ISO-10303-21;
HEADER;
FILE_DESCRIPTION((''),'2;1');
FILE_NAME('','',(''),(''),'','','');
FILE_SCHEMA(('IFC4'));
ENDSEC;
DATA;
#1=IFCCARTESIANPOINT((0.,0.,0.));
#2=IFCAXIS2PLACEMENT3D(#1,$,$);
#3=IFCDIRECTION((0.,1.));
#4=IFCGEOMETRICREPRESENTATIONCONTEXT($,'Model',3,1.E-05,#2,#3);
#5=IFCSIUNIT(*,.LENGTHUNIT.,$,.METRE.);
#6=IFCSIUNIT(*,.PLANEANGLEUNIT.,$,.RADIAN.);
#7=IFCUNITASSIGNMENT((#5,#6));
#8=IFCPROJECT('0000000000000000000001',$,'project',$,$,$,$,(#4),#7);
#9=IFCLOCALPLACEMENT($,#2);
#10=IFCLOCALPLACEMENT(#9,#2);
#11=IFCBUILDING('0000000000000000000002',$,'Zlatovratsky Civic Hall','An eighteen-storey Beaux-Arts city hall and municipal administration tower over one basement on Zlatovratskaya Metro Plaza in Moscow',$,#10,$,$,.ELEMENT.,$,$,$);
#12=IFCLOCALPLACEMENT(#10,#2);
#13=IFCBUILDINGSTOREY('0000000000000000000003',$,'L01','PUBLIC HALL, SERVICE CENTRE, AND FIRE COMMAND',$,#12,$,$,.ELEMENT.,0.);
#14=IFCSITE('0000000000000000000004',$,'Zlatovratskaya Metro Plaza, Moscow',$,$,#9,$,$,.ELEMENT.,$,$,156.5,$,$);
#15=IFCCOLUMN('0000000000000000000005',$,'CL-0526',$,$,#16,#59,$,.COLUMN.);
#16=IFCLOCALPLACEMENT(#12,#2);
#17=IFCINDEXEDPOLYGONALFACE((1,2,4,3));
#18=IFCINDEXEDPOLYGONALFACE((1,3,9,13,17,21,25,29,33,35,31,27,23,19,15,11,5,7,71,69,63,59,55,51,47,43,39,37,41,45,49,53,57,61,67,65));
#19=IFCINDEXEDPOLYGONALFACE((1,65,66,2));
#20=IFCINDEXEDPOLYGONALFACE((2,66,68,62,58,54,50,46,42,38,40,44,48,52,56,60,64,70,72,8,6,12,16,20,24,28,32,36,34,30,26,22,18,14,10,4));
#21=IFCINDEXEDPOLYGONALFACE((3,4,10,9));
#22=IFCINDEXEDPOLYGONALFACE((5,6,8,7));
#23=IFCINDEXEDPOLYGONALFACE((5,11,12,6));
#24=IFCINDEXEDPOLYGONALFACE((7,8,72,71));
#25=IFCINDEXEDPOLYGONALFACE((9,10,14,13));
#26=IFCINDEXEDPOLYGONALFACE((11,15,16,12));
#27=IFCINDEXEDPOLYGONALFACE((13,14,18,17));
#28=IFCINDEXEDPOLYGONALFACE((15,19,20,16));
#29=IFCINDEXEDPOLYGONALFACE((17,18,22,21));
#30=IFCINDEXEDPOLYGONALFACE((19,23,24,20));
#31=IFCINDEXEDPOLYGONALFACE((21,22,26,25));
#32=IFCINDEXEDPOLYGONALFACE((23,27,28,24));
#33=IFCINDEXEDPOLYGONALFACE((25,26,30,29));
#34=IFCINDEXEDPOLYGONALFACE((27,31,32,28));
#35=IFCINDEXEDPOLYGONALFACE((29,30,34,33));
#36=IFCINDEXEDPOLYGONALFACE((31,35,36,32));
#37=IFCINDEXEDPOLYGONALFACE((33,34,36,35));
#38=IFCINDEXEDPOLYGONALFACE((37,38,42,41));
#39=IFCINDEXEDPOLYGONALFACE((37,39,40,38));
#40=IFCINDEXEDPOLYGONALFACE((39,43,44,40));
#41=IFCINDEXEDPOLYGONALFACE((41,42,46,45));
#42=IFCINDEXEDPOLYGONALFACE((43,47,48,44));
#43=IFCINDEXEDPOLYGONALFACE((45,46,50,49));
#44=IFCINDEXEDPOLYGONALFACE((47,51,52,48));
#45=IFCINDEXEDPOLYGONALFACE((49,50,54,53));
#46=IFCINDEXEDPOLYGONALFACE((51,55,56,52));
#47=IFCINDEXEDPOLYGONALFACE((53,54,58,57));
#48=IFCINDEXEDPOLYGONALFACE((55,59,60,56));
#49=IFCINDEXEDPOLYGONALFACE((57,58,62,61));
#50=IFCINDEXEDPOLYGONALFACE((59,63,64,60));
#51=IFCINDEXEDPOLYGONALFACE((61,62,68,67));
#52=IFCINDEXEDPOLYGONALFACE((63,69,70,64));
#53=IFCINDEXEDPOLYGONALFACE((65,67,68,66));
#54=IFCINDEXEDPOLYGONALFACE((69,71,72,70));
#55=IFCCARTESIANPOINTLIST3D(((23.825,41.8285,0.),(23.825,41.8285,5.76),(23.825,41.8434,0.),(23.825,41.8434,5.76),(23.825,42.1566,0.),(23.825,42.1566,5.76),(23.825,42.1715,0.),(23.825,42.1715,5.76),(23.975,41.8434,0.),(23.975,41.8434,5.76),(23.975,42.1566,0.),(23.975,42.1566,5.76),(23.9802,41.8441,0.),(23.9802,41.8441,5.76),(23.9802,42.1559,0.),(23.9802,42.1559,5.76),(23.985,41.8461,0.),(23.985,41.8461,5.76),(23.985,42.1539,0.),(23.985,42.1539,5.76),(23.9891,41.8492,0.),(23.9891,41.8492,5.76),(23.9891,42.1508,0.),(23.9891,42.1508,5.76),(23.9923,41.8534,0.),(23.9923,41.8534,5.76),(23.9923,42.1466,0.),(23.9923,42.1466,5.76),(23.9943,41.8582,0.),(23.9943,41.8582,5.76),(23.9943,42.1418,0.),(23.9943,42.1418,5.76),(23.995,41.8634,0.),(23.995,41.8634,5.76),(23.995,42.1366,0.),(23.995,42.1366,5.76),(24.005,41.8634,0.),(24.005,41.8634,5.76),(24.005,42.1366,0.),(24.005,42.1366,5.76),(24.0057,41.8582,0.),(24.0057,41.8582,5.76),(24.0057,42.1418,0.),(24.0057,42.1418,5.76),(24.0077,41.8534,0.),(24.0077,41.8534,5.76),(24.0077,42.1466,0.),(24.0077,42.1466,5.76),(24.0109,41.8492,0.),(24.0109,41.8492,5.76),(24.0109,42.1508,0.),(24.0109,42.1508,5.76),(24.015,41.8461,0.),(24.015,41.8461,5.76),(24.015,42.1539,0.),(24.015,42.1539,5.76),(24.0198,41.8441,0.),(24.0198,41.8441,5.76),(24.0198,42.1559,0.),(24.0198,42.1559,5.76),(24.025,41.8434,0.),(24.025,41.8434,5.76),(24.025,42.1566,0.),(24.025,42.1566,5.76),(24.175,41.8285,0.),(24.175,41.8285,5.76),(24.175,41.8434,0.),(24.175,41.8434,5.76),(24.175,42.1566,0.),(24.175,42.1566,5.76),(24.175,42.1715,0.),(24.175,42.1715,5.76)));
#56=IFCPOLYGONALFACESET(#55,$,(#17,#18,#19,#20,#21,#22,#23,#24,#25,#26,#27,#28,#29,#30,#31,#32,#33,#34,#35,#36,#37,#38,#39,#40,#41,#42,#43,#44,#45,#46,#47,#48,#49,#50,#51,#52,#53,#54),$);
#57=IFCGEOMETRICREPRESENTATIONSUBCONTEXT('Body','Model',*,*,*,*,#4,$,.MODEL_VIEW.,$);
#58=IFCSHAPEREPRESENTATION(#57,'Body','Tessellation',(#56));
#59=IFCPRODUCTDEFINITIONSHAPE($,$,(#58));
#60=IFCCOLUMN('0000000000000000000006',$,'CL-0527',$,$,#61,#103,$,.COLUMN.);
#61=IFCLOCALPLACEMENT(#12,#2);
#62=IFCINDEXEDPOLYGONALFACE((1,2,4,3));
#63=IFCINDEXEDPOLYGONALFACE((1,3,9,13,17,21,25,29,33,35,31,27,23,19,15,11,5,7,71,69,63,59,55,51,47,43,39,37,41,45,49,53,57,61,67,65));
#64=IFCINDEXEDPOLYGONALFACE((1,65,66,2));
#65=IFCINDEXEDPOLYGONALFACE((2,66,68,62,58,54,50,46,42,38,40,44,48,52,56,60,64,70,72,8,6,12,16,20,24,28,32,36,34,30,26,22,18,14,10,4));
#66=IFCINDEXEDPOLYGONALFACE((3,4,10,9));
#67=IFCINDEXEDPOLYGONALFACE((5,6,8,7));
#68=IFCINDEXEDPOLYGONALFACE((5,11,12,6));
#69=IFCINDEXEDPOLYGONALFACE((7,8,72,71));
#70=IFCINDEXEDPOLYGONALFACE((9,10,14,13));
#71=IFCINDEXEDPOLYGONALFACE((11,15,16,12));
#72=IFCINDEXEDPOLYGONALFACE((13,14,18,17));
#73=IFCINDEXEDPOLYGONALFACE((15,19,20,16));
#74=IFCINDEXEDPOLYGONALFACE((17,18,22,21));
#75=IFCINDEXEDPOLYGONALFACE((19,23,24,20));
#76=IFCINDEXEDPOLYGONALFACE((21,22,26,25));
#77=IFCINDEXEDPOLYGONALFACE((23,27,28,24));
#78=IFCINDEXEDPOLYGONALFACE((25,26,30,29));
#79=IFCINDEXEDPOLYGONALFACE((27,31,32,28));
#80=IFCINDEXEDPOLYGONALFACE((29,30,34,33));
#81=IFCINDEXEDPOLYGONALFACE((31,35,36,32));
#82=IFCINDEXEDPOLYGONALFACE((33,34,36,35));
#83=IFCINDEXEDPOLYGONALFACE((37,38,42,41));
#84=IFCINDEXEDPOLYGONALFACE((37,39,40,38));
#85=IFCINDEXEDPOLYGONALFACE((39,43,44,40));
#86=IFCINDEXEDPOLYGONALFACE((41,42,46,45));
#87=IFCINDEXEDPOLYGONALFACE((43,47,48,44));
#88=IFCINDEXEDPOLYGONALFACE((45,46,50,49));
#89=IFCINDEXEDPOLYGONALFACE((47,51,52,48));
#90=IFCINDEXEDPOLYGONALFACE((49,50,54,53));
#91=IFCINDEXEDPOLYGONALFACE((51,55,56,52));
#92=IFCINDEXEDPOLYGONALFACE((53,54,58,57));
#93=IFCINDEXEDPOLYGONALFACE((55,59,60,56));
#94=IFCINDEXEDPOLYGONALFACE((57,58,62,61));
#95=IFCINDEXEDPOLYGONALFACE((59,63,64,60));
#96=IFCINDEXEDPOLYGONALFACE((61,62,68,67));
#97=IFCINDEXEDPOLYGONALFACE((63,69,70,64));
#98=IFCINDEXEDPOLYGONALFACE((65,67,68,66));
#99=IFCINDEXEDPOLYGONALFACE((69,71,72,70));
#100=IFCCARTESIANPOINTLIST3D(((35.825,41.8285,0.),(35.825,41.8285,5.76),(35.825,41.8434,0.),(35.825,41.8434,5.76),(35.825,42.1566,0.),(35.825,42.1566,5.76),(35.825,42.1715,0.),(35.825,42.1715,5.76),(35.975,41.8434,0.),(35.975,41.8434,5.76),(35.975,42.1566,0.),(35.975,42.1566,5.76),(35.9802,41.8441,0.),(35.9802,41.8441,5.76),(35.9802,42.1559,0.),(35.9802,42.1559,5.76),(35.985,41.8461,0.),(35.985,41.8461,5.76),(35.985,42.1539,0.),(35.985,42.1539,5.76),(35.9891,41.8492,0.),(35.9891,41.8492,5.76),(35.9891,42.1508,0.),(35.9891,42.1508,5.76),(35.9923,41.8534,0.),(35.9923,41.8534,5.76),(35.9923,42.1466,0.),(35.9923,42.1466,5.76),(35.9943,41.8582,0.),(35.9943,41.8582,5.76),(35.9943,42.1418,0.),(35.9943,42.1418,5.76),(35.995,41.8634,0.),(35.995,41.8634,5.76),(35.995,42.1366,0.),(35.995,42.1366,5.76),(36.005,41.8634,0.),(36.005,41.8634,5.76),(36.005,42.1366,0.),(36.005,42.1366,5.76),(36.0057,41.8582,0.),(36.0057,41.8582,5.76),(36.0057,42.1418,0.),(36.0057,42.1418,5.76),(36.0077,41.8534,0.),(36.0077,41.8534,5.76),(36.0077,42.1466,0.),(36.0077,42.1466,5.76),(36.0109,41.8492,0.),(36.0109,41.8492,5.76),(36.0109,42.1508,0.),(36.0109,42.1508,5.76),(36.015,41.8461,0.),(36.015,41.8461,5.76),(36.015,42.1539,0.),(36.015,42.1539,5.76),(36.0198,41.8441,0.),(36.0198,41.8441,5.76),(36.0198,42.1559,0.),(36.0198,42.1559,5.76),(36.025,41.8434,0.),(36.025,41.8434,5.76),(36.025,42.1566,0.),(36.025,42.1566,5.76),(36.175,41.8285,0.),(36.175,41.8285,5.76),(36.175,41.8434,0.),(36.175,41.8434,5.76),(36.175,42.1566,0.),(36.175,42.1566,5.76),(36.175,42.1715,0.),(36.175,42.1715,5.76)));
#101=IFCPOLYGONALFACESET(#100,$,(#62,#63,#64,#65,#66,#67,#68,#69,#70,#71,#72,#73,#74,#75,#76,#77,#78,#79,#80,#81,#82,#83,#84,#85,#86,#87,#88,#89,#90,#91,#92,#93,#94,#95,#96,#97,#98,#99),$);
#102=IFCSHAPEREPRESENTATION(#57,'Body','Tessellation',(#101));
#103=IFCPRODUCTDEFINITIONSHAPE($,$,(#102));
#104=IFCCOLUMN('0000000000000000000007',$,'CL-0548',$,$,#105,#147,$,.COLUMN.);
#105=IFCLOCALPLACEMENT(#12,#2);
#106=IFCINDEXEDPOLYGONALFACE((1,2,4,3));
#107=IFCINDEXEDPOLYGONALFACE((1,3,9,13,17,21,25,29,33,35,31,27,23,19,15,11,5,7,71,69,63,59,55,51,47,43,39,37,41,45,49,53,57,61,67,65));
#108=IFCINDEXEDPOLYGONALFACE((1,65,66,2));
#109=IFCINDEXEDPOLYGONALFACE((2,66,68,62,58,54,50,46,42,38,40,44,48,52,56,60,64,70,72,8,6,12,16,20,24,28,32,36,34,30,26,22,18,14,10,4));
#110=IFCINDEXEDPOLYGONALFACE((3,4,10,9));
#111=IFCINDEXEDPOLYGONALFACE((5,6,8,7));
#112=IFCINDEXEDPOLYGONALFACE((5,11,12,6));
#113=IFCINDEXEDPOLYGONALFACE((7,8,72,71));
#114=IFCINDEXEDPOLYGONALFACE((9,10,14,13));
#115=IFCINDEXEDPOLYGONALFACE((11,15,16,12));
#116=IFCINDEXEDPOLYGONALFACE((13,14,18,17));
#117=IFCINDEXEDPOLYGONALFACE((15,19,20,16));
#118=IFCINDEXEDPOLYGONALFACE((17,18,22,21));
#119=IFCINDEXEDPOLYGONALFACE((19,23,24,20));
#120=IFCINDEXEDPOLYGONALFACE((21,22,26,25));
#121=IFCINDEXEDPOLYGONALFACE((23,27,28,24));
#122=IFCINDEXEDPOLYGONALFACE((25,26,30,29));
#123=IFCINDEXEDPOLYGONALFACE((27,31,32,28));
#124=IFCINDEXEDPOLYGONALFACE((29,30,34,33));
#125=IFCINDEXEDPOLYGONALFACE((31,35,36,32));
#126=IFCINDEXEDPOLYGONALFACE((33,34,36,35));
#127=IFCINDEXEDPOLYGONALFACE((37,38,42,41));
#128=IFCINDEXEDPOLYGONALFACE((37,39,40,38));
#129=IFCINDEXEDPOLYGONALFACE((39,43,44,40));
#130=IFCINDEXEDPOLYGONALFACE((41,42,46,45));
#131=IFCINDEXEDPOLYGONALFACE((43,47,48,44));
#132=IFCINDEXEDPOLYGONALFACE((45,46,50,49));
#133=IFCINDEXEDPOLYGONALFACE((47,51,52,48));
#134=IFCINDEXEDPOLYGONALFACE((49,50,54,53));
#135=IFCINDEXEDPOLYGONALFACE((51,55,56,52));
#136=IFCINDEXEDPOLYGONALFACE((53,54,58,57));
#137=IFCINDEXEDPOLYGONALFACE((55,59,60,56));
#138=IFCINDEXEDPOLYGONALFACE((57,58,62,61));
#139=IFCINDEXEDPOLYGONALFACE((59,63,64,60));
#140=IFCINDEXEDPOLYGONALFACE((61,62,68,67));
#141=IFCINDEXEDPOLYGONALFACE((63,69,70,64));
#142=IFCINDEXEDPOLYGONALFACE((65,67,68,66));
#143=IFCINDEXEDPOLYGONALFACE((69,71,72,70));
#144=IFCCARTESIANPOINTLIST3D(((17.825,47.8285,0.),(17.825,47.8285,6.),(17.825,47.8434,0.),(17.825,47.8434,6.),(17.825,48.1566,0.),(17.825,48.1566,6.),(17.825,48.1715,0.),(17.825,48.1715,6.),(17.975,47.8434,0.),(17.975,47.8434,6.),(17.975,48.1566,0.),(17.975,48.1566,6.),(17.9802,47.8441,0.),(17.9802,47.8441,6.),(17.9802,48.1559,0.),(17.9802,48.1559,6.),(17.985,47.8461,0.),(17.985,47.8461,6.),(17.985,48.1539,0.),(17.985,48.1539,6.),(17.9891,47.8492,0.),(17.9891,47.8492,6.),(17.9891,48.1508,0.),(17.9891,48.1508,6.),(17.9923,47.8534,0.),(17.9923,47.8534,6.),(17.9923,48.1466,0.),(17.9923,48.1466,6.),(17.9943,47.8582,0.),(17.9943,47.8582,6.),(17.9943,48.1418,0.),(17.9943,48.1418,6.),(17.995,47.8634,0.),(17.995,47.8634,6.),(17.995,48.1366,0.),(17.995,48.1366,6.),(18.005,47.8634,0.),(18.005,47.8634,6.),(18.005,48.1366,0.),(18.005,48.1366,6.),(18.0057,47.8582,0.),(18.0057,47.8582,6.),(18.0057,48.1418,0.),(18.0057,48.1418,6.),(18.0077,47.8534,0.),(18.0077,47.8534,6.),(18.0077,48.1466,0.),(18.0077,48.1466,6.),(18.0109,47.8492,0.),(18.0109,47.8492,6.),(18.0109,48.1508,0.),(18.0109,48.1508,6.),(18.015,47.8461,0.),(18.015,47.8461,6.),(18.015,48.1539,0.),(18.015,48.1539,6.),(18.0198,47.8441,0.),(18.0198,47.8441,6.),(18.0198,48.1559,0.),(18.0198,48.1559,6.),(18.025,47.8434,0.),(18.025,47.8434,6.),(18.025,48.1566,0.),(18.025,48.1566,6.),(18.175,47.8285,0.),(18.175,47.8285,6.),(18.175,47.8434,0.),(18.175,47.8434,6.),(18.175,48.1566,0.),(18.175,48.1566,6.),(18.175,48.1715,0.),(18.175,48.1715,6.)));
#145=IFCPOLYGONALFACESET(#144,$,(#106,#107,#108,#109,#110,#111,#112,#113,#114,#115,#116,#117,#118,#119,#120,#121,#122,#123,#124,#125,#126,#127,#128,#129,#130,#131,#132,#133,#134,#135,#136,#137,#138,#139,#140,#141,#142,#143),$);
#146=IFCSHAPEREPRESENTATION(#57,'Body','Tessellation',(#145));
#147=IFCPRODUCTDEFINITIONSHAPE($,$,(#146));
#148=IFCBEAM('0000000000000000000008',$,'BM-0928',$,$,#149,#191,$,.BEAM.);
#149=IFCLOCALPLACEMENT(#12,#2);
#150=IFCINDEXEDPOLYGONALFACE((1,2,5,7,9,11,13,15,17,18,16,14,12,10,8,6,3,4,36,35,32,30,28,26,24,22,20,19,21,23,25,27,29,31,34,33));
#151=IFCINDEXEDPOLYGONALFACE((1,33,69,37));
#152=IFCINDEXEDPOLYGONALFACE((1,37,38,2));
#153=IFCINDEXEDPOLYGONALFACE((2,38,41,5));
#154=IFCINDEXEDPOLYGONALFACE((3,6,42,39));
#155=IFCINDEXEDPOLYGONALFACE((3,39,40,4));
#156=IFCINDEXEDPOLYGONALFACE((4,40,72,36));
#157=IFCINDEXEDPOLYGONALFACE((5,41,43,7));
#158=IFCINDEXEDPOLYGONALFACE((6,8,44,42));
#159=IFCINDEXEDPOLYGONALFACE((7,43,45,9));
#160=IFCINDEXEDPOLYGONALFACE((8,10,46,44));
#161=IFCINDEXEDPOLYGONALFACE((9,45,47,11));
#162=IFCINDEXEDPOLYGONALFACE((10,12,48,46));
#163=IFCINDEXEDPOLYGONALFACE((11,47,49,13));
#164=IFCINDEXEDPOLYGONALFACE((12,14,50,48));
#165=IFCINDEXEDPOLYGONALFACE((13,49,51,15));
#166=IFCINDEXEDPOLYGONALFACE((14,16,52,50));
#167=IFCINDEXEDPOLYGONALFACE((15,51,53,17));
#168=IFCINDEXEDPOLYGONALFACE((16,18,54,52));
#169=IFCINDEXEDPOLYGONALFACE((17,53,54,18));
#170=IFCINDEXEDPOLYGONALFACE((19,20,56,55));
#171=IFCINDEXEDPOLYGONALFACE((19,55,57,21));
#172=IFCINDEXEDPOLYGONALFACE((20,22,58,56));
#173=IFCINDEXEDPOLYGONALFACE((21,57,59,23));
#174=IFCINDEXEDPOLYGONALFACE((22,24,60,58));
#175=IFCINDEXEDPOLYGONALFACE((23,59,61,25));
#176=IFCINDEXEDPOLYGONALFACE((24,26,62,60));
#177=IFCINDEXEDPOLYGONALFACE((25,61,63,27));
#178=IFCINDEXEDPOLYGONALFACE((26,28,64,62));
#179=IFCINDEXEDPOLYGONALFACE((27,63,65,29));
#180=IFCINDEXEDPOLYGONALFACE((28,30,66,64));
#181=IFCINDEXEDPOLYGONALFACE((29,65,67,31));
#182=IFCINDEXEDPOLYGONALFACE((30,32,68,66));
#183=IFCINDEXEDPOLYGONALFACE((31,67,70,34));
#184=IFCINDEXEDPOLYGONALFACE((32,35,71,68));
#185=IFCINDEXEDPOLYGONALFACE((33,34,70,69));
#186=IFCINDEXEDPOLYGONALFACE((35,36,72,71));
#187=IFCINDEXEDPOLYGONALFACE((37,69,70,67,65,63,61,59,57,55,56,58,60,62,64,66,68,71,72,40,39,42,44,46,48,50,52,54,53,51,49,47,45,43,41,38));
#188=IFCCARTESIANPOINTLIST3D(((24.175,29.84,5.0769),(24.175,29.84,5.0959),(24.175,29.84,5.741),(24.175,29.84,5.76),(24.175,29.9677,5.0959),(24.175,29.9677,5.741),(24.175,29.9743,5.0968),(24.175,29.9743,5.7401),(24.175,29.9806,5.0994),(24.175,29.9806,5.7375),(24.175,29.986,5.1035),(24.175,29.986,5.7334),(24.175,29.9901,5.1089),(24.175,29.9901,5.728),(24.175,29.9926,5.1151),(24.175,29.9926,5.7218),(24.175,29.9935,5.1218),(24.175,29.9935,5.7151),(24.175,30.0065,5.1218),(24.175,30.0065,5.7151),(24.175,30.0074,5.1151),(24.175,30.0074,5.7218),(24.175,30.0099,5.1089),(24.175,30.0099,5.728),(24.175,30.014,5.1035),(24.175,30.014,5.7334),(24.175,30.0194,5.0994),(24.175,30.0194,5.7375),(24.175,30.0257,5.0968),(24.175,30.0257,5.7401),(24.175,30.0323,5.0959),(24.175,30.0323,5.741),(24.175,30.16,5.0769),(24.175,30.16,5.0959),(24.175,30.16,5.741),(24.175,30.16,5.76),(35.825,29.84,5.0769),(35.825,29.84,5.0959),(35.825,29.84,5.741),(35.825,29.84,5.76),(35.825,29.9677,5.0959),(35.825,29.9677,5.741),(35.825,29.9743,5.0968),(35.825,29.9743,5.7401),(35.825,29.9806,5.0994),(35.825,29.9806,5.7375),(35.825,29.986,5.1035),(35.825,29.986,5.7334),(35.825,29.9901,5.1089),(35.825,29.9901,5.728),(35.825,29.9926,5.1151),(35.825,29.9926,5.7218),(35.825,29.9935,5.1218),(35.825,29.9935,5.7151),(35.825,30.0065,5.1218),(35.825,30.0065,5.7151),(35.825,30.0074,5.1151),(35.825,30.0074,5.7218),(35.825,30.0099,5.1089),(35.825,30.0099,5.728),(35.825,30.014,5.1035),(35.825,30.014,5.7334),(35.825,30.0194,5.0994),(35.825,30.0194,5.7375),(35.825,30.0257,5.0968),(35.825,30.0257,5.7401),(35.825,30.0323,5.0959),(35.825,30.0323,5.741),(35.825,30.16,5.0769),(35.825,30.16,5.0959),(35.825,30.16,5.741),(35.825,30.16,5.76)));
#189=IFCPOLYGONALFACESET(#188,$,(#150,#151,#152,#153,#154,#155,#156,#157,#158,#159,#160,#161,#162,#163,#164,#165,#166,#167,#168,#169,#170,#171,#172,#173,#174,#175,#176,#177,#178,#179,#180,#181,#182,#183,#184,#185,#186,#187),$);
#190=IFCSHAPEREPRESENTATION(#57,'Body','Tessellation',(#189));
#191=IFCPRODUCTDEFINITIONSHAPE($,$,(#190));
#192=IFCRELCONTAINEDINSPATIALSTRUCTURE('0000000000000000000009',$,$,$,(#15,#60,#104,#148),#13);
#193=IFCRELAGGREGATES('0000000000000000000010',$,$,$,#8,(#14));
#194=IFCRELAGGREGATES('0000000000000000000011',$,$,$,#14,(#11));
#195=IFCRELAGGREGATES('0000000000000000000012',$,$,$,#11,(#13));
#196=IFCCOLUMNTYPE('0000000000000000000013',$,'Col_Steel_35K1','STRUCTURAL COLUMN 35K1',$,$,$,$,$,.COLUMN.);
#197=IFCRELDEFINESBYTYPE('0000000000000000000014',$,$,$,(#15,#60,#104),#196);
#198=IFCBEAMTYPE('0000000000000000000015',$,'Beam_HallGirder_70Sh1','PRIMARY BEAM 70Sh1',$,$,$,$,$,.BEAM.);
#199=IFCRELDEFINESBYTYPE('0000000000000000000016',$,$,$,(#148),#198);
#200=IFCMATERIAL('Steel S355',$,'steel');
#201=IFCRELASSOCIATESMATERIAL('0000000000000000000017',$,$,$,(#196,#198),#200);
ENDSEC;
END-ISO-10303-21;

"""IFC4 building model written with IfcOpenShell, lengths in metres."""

from ifc_helpers import new_model, si_unit, direction, frame, origin, origin_2d, place, context, subcontext, project, spatial, i_section, extrude, material, material_profile, profile_set, type_object, element, save


model = new_model("IFC4")

# Units and contexts
model_context = context("Model", 3, precision=1e-05, world=origin(), true_north=direction((0.0, 1.0)))
body_context = subcontext(model_context, "Body", "Model", "MODEL_VIEW")
ifc_project = project(units=[si_unit("LENGTHUNIT", "METRE"), si_unit("PLANEANGLEUNIT", "RADIAN")], contexts=[model_context])

# Site, building, storey
site_placement = place(None, origin())
site = spatial("IfcSite", under=ifc_project, at=site_placement, Name="Zlatovratskaya Metro Plaza, Moscow", CompositionType="ELEMENT", RefElevation=156.5)
building_placement = place(site_placement, origin())
building = spatial("IfcBuilding", under=site, at=building_placement, Name="Zlatovratsky Civic Hall", Description="An eighteen-storey Beaux-Arts city hall and municipal administration tower over one basement on Zlatovratskaya Metro Plaza in Moscow", CompositionType="ELEMENT")
storey_placement = place(building_placement, origin())
storey = spatial("IfcBuildingStorey", under=building, at=storey_placement, Name="L01", Description="PUBLIC HALL, SERVICE CENTRE, AND FIRE COMMAND", CompositionType="ELEMENT", Elevation=0.0)

# Columns
ifc_material = material(Name="Steel S355", Category="steel")
ifc_material_profile_1 = material_profile(ifc_material, i_section(OverallWidth=0.3501, OverallDepth=0.343, WebThickness=0.01, FlangeThickness=0.0149, FilletRadius=0.02, at=origin_2d()), Name="35K1")
ifc_profile_set_1 = profile_set([ifc_material_profile_1], Name="Steel S355")
column_type = type_object("IfcColumnType", Name="Col_Steel_35K1", Description="STRUCTURAL COLUMN 35K1", PredefinedType="COLUMN", material=ifc_profile_set_1)
for number, where, z_axis, x_axis, name in (
    (1, (24.0, 42.0, 0.0), (0.0, 0.0, 1.0), (1.0, 0.0, 0.0), "CL-0526"),
    (2, (36.0, 42.0, 0.0), (0.0, 0.0, 1.0), (1.0, 0.0, 0.0), "CL-0527"),
):
    element("IfcColumn", number, at=place(storey_placement, frame(where, z_axis=z_axis, x_axis=x_axis)), inside=storey, type_object=column_type, Name=name, PredefinedType="COLUMN", context=body_context, shape_type="SweptSolid", body=[
        extrude(i_section(OverallWidth=0.3501, OverallDepth=0.343, WebThickness=0.01, FlangeThickness=0.0149, FilletRadius=0.02, at=origin_2d()), origin(), (0.0, 0.0, 1.0), 5.76),
    ])
column_placement = place(storey_placement, frame((18.0, 48.0, 0.0), z_axis=(0.0, 0.0, 1.0), x_axis=(1.0, 0.0, 0.0)))
element("IfcColumn", 3, at=column_placement, inside=storey, type_object=column_type, Name="CL-0548", PredefinedType="COLUMN", context=body_context, shape_type="SweptSolid", body=[
    extrude(i_section(OverallWidth=0.3501, OverallDepth=0.343, WebThickness=0.01, FlangeThickness=0.0149, FilletRadius=0.02, at=origin_2d()), origin(), (0.0, 0.0, 1.0), 6.0),
])

# Beam
ifc_material_profile_2 = material_profile(ifc_material, i_section(OverallWidth=0.3201, OverallDepth=0.6831, WebThickness=0.0129, FlangeThickness=0.019, FilletRadius=0.0259, at=origin_2d()), Name="70Sh1")
ifc_profile_set_2 = profile_set([ifc_material_profile_2], Name="Steel S355")
beam_type_1 = type_object("IfcBeamType", Name="Beam_HallGirder_70Sh1", Description="PRIMARY BEAM 70Sh1", PredefinedType="BEAM", material=ifc_profile_set_2)
for number, where, z_axis, x_axis, name in (
    (4, (24.175, 30.0, 5.4185), (1.0, 0.0, 0.0), (0.0, 1.0, 0.0), "BM-0928"),
):
    element("IfcBeam", number, at=place(storey_placement, frame(where, z_axis=z_axis, x_axis=x_axis)), inside=storey, type_object=beam_type_1, Name=name, PredefinedType="BEAM", context=body_context, shape_type="SweptSolid", body=[
        extrude(i_section(OverallWidth=0.3201, OverallDepth=0.6831, WebThickness=0.0129, FlangeThickness=0.019, FilletRadius=0.0259, at=origin_2d()), origin(), (0.0, 0.0, 1.0), 11.6499),
    ])

save(model, "model.ifc")
